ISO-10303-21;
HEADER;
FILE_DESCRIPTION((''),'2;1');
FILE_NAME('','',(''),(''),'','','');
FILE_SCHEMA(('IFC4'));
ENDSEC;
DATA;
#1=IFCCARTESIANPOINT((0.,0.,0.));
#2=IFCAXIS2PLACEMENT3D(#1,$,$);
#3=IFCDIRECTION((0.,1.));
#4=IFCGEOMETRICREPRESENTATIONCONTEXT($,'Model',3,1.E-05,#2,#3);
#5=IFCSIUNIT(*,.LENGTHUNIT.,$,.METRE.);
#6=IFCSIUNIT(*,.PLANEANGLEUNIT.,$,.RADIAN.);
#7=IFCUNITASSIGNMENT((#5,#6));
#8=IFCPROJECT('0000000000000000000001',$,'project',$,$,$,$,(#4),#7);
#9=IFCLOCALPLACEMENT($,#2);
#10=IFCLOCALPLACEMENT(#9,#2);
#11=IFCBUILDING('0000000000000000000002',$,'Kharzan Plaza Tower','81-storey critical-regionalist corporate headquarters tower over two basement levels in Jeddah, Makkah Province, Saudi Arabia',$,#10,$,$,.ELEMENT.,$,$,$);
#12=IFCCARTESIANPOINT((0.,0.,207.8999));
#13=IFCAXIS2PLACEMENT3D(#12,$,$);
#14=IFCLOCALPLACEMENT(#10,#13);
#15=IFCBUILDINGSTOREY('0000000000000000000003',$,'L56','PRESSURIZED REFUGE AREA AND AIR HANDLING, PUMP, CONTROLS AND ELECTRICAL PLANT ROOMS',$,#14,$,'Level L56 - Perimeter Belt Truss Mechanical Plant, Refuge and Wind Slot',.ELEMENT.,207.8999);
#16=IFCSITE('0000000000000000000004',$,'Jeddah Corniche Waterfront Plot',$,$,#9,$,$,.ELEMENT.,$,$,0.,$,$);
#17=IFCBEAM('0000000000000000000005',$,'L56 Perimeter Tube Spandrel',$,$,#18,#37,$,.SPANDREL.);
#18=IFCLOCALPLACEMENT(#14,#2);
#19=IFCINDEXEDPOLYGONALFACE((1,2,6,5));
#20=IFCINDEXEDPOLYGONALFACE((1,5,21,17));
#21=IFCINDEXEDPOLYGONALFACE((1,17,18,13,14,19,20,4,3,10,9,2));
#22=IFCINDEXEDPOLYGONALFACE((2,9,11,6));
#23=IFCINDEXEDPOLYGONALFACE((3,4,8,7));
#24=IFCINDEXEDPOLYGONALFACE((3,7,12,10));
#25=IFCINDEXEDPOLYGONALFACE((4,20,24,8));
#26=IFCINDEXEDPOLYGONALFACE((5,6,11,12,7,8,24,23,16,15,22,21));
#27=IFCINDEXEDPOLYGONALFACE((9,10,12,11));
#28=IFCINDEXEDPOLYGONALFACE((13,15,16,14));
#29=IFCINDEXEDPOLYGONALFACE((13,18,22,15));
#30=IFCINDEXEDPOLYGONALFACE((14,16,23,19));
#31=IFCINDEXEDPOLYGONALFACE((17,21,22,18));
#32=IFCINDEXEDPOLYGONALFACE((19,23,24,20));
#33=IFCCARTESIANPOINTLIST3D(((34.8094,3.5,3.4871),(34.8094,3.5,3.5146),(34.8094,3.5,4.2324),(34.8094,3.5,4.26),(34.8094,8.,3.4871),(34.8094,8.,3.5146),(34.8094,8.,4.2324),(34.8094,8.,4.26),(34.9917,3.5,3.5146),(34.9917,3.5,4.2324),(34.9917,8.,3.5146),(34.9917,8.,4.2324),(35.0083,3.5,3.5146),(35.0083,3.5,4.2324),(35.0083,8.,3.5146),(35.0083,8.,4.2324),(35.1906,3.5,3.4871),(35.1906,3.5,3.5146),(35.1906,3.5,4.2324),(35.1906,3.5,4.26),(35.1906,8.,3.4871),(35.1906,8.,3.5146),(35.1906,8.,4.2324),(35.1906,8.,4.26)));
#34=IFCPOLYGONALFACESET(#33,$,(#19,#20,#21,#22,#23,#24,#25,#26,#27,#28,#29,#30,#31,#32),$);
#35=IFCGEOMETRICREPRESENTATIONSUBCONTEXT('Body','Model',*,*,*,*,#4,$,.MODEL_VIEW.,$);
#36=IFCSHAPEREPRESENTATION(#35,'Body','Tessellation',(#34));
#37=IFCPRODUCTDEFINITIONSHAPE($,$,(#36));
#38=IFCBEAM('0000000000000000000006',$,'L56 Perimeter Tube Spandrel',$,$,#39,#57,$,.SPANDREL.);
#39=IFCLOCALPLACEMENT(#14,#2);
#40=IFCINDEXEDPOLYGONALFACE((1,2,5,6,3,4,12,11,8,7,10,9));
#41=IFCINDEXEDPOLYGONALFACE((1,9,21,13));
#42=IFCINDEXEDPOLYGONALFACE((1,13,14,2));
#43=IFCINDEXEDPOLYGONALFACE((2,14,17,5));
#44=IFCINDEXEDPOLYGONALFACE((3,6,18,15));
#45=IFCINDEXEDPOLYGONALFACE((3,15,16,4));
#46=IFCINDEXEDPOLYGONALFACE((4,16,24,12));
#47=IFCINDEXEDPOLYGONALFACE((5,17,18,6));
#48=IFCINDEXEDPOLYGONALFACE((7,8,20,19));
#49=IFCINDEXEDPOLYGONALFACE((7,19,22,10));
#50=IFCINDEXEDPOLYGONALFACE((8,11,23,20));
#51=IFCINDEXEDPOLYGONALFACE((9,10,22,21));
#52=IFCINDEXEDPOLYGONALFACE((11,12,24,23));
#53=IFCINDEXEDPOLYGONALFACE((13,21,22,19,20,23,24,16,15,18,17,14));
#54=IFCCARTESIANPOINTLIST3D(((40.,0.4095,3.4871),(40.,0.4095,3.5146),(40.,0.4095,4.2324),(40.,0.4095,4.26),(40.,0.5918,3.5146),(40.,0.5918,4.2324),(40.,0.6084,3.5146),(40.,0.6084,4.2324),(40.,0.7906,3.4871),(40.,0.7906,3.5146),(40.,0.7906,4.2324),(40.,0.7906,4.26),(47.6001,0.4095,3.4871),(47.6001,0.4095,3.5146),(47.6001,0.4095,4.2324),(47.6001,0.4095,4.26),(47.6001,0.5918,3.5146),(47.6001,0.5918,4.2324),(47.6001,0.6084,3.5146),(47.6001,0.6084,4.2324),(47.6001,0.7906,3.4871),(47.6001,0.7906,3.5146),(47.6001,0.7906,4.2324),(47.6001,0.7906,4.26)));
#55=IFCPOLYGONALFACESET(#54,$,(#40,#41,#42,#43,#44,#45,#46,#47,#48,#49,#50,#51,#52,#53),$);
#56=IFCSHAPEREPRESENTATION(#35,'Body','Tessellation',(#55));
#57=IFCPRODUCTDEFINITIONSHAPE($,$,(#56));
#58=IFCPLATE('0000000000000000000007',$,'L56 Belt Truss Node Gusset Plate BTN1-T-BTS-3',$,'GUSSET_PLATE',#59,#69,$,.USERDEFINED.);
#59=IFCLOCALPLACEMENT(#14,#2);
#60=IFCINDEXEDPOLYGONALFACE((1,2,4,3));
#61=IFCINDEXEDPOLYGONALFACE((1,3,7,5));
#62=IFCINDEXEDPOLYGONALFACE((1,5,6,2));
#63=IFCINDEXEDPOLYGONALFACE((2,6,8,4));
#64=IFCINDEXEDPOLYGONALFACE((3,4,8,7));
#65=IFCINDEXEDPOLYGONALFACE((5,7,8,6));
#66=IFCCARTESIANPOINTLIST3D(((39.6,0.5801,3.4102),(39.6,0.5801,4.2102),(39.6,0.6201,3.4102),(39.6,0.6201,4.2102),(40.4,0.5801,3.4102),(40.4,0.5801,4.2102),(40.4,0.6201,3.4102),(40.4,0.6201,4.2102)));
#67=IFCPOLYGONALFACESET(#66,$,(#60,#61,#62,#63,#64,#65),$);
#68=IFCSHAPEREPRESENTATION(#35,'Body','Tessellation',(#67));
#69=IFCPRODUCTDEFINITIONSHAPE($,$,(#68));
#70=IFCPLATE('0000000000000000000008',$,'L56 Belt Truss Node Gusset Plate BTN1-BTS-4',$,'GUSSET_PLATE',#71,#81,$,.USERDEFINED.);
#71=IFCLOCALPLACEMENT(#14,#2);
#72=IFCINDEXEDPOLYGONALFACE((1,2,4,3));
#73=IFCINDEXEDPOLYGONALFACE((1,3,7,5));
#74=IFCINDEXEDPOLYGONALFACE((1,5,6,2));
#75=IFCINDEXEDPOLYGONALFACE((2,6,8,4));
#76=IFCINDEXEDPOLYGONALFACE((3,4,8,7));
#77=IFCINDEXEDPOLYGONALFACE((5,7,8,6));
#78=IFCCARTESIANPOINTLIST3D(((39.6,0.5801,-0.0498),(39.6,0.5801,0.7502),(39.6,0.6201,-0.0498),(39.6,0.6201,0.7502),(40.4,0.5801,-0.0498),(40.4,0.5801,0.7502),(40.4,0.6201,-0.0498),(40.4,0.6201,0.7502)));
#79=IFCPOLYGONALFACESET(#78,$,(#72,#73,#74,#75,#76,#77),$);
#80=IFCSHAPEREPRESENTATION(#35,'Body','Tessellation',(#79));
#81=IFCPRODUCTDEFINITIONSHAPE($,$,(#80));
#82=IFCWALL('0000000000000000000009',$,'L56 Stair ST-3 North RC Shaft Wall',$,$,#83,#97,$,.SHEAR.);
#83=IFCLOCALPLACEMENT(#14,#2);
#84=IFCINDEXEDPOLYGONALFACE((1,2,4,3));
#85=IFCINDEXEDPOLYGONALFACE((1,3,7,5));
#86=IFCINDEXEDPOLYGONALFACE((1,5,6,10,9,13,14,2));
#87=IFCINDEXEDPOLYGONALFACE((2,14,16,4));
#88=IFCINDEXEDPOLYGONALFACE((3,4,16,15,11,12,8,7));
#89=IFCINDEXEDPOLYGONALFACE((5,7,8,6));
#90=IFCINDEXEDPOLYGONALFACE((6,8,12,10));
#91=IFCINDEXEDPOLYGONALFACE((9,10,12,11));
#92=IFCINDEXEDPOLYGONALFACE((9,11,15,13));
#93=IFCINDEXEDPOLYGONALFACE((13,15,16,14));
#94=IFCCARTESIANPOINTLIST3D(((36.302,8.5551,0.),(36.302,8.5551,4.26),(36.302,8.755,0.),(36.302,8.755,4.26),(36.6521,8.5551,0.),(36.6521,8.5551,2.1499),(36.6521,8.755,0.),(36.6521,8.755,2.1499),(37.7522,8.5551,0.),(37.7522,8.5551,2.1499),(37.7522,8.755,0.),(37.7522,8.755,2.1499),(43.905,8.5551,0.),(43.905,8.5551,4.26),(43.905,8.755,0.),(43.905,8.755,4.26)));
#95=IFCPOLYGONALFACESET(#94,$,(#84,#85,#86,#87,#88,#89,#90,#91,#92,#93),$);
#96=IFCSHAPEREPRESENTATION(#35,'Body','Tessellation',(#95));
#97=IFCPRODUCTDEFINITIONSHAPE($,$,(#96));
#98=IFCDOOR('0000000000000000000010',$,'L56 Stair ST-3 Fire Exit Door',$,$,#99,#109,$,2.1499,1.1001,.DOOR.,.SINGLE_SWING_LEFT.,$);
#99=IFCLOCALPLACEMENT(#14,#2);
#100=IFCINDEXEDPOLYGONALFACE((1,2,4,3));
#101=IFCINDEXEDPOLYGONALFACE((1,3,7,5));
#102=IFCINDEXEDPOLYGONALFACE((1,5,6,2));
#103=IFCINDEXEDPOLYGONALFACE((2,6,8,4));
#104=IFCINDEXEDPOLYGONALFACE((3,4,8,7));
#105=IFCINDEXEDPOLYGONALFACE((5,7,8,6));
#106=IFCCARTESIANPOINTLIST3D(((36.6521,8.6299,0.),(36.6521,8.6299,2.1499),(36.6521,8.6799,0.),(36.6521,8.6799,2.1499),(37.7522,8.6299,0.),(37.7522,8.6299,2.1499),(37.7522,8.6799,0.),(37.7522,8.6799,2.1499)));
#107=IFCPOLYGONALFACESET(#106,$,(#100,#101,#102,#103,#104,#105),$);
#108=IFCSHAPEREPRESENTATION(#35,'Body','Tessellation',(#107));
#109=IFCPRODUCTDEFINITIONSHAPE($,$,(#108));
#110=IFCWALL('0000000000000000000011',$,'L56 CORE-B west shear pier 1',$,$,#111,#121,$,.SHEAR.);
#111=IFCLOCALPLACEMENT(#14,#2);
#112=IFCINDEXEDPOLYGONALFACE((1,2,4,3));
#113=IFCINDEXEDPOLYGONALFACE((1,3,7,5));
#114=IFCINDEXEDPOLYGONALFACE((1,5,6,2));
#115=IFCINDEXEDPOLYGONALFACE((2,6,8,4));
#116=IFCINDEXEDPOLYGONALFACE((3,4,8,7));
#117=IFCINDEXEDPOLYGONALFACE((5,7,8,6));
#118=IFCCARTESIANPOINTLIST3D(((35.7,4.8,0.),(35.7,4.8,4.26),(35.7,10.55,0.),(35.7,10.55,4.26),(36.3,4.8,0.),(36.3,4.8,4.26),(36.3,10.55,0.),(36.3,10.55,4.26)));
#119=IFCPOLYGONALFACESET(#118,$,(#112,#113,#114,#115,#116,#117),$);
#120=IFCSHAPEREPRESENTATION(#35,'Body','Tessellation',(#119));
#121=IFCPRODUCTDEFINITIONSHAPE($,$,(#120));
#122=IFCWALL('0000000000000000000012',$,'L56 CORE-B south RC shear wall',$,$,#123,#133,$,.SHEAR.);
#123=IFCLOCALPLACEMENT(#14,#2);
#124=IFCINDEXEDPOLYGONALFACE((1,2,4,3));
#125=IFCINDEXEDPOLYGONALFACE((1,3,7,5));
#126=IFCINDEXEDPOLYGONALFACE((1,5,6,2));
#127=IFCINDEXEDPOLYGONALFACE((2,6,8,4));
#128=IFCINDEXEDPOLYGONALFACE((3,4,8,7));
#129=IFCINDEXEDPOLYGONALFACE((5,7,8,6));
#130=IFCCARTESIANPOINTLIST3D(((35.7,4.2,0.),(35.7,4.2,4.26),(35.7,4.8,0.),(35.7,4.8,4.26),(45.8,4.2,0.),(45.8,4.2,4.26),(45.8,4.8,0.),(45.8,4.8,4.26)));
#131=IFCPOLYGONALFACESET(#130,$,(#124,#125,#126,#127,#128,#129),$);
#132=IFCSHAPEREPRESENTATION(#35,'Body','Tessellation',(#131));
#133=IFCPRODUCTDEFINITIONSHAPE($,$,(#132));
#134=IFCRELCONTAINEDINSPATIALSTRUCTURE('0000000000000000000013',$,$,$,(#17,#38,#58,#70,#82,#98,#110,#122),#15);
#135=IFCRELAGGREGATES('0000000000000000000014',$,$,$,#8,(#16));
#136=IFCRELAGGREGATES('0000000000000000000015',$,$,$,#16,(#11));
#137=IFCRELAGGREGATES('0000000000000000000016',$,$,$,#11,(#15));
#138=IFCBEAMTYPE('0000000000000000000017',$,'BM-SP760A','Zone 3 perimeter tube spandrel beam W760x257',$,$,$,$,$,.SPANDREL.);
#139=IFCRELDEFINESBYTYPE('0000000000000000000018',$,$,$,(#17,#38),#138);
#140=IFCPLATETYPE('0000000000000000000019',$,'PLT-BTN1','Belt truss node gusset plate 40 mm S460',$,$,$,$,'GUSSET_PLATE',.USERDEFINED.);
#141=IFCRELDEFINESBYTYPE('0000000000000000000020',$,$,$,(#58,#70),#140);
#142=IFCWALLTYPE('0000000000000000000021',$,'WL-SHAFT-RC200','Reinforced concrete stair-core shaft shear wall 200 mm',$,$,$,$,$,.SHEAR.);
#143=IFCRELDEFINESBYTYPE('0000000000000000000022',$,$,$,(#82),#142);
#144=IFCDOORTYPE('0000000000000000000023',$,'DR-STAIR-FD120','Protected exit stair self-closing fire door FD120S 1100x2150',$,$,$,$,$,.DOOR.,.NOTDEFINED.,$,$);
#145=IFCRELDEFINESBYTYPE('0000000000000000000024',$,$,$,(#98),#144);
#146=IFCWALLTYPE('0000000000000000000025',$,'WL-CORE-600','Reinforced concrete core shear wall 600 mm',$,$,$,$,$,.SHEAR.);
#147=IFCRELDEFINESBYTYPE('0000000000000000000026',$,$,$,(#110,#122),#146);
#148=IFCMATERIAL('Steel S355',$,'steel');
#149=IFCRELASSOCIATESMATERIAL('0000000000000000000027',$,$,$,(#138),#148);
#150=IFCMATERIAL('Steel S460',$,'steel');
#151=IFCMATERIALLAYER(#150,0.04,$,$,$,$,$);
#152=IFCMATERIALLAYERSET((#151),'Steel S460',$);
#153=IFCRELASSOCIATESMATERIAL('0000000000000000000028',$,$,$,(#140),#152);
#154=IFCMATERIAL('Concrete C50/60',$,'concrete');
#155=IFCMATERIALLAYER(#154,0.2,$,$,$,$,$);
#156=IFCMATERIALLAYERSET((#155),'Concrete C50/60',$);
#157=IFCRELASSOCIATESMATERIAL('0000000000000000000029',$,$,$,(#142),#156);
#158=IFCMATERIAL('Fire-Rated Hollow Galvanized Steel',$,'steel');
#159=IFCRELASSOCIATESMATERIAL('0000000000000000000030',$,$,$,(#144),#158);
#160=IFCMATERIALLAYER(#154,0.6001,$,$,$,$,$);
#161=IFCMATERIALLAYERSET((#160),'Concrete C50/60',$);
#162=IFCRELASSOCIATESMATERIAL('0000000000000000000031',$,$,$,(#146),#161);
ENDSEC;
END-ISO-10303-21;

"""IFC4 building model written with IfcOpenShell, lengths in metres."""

from ifc_helpers import new_model, si_unit, direction, frame, frame_2d, origin, origin_2d, place, context, subcontext, project, spatial, rectangle, i_section, extrude, source, transform, mapped, material, layer, layer_set, material_profile, profile_set, type_object, element, fill, save


model = new_model("IFC4")

# Units and contexts
model_context = context("Model", 3, precision=1e-05, world=origin(), true_north=direction((0.0, 1.0)))
body_context = subcontext(model_context, "Body", "Model", "MODEL_VIEW")
ifc_project = project(units=[si_unit("LENGTHUNIT", "METRE"), si_unit("PLANEANGLEUNIT", "RADIAN")], contexts=[model_context])

# Site, building, storey
site_placement = place(None, origin())
site = spatial("IfcSite", under=ifc_project, at=site_placement, Name="Jeddah Corniche Waterfront Plot", CompositionType="ELEMENT", RefElevation=0.0)
building_placement = place(site_placement, origin())
building = spatial("IfcBuilding", under=site, at=building_placement, Name="Kharzan Plaza Tower", Description="81-storey critical-regionalist corporate headquarters tower over two basement levels in Jeddah, Makkah Province, Saudi Arabia", CompositionType="ELEMENT")
storey_placement = place(building_placement, frame((0.0, 0.0, 207.8999)))
storey = spatial("IfcBuildingStorey", under=building, at=storey_placement, Name="L56", Description="PRESSURIZED REFUGE AREA AND AIR HANDLING, PUMP, CONTROLS AND ELECTRICAL PLANT ROOMS", LongName="Level L56 - Perimeter Belt Truss Mechanical Plant, Refuge and Wind Slot", CompositionType="ELEMENT", Elevation=207.8999)

# Shared definitions
ifc_material_1 = material(Name="Concrete C50/60", Category="concrete")

# Shared definitions
ifc_material_2 = material(Name="Steel S355", Category="steel")

# Beams
ifc_material_profile_1 = material_profile(ifc_material_2, i_section(OverallWidth=0.3811, OverallDepth=0.7729, WebThickness=0.0166, FlangeThickness=0.0276, at=origin_2d()), Name="W760x257")
ifc_profile_set_1 = profile_set([ifc_material_profile_1], Name="Steel S355")
beam_type_1 = type_object("IfcBeamType", Name="BM-SP760A", Description="Zone 3 perimeter tube spandrel beam W760x257", PredefinedType="SPANDREL", material=ifc_profile_set_1)
shared_shape_1 = source(origin(), body_context, "Body", "SweptSolid", [
    extrude(i_section(OverallWidth=0.3811, OverallDepth=0.7729, WebThickness=0.0166, FlangeThickness=0.0276, at=origin_2d()), origin(), (0.0, 0.0, 1.0), 4.5),
])
beam_1_placement = place(storey_placement, frame((35.0, 3.5, 3.8735), z_axis=(0.0, 1.0, 0.0), x_axis=(-1.0, 0.0, 0.0)))
element("IfcBeam", 1, at=beam_1_placement, inside=storey, type_object=beam_type_1, Name="L56 Perimeter Tube Spandrel", PredefinedType="SPANDREL", context=body_context, shape_type="MappedRepresentation", body=[
    mapped(shared_shape_1, transform((0.0, 0.0, 0.0), x_axis=(1.0, 0.0, 0.0), y_axis=(0.0, 1.0, 0.0), z_axis=(0.0, 0.0, 1.0))),
])
shared_shape_2 = source(origin(), body_context, "Body", "SweptSolid", [
    extrude(i_section(OverallWidth=0.3811, OverallDepth=0.7729, WebThickness=0.0166, FlangeThickness=0.0276, at=origin_2d()), origin(), (0.0, 0.0, 1.0), 7.6001),
])
beam_2_placement = place(storey_placement, frame((40.0, 0.6001, 3.8735), z_axis=(1.0, 0.0, 0.0), x_axis=(0.0, 1.0, 0.0)))
element("IfcBeam", 2, at=beam_2_placement, inside=storey, type_object=beam_type_1, Name="L56 Perimeter Tube Spandrel", PredefinedType="SPANDREL", context=body_context, shape_type="MappedRepresentation", body=[
    mapped(shared_shape_2, transform((0.0, 0.0, 0.0), x_axis=(1.0, 0.0, 0.0), y_axis=(0.0, 1.0, 0.0), z_axis=(0.0, 0.0, 1.0))),
])

# Plates
ifc_material_3 = material(Name="Steel S460", Category="steel")
ifc_layer_1 = layer(ifc_material_3, 0.04)
ifc_layer_set_1 = layer_set([ifc_layer_1], Name="Steel S460")
plate_type = type_object("IfcPlateType", Name="PLT-BTN1", Description="Belt truss node gusset plate 40 mm S460", ElementType="GUSSET_PLATE", PredefinedType="USERDEFINED", material=ifc_layer_set_1)
shared_shape_3 = source(origin(), body_context, "Body", "SweptSolid", [
    extrude(rectangle(XDim=0.8, YDim=0.04, at=origin_2d()), origin(), (0.0, 0.0, 1.0), 0.8),
])
for number, where, z_axis, x_axis, name in (
    (3, (40.0, 0.6001, 3.4102), (0.0, 0.0, 1.0), (1.0, 0.0, 0.0), "L56 Belt Truss Node Gusset Plate BTN1-T-BTS-3"),
    (4, (40.0, 0.6001, -0.0498), (0.0, 0.0, 1.0), (1.0, 0.0, 0.0), "L56 Belt Truss Node Gusset Plate BTN1-BTS-4"),
):
    element("IfcPlate", number, at=place(storey_placement, frame(where, z_axis=z_axis, x_axis=x_axis)), inside=storey, type_object=plate_type, Name=name, ObjectType="GUSSET_PLATE", PredefinedType="USERDEFINED", context=body_context, shape_type="MappedRepresentation", body=[
        mapped(shared_shape_3, transform((0.0, 0.0, 0.0), x_axis=(1.0, 0.0, 0.0), y_axis=(0.0, 1.0, 0.0), z_axis=(0.0, 0.0, 1.0))),
    ])

# Wall, opening, door
ifc_layer_2 = layer(ifc_material_1, 0.2)
ifc_layer_set_2 = layer_set([ifc_layer_2], Name="Concrete C50/60")
wall_type_1 = type_object("IfcWallType", Name="WL-SHAFT-RC200", Description="Reinforced concrete stair-core shaft shear wall 200 mm", PredefinedType="SHEAR", material=ifc_layer_set_2)
wall_1_placement = place(storey_placement, frame((36.302, 8.655, 0.0), z_axis=(0.0, 0.0, 1.0), x_axis=(1.0, 0.0, 0.0)))
wall_1 = element("IfcWall", 5, at=wall_1_placement, inside=storey, type_object=wall_type_1, Name="L56 Stair ST-3 North RC Shaft Wall", PredefinedType="SHEAR", context=body_context, shape_type="SweptSolid", body=[
    extrude(rectangle(XDim=7.603, YDim=0.2, at=frame_2d((3.8015, 0.0))), origin(), (0.0, 0.0, 1.0), 4.26),
])
opening_placement = place(wall_1_placement, frame((0.3501, 0.0, 0.0)))
opening = element("IfcOpeningElement", 6, at=opening_placement, cuts=wall_1, PredefinedType="OPENING", context=body_context, shape_type="SweptSolid", body=[
    extrude(rectangle(XDim=1.1001, YDim=2.1499, at=frame_2d((0.55, 1.075))), frame((0.0, 0.1099, 0.0), z_axis=(0.0, -1.0, 0.0), x_axis=(1.0, 0.0, 0.0)), (0.0, 0.0, 1.0), 0.22),
])
ifc_material_4 = material(Name="Fire-Rated Hollow Galvanized Steel", Category="steel")
door_type = type_object("IfcDoorType", Name="DR-STAIR-FD120", Description="Protected exit stair self-closing fire door FD120S 1100x2150", OperationType="NOTDEFINED", PredefinedType="DOOR", material=ifc_material_4)
shared_shape_4 = source(origin(), body_context, "Body", "SweptSolid", [
    extrude(rectangle(XDim=1.1001, YDim=2.1499, at=frame_2d((0.55, 1.075))), frame((0.0, 0.0249, 0.0), z_axis=(0.0, -1.0, 0.0), x_axis=(1.0, 0.0, 0.0)), (0.0, 0.0, 1.0), 0.05),
])
door_placement = place(opening_placement, origin())
door = element("IfcDoor", 7, at=door_placement, inside=storey, type_object=door_type, Name="L56 Stair ST-3 Fire Exit Door", OperationType="SINGLE_SWING_LEFT", OverallHeight=2.1499, OverallWidth=1.1001, PredefinedType="DOOR", context=body_context, shape_type="MappedRepresentation", body=[
    mapped(shared_shape_4, transform((0.0, 0.0, 0.0), x_axis=(1.0, 0.0, 0.0), y_axis=(0.0, 1.0, 0.0), z_axis=(0.0, 0.0, 1.0))),
])
fill(opening, door)

# Walls
ifc_layer_3 = layer(ifc_material_1, 0.6001)
ifc_layer_set_3 = layer_set([ifc_layer_3], Name="Concrete C50/60")
wall_type_2 = type_object("IfcWallType", Name="WL-CORE-600", Description="Reinforced concrete core shear wall 600 mm", PredefinedType="SHEAR", material=ifc_layer_set_3)
shared_shape_5 = source(origin(), body_context, "Body", "SweptSolid", [
    extrude(rectangle(XDim=5.75, YDim=0.6001, at=frame_2d((2.875, 0.0))), origin(), (0.0, 0.0, 1.0), 4.26),
])
wall_2_placement = place(storey_placement, frame((36.0, 4.8, 0.0), z_axis=(0.0, 0.0, 1.0), x_axis=(0.0, 1.0, 0.0)))
element("IfcWall", 8, at=wall_2_placement, inside=storey, type_object=wall_type_2, Name="L56 CORE-B west shear pier 1", PredefinedType="SHEAR", context=body_context, shape_type="MappedRepresentation", body=[
    mapped(shared_shape_5, transform((0.0, 0.0, 0.0), x_axis=(1.0, 0.0, 0.0), y_axis=(0.0, 1.0, 0.0), z_axis=(0.0, 0.0, 1.0))),
])
shared_shape_6 = source(origin(), body_context, "Body", "SweptSolid", [
    extrude(rectangle(XDim=10.1001, YDim=0.6001, at=frame_2d((5.05, 0.0))), origin(), (0.0, 0.0, 1.0), 4.26),
])
wall_3_placement = place(storey_placement, frame((35.7, 4.5, 0.0), z_axis=(0.0, 0.0, 1.0), x_axis=(1.0, 0.0, 0.0)))
element("IfcWall", 9, at=wall_3_placement, inside=storey, type_object=wall_type_2, Name="L56 CORE-B south RC shear wall", PredefinedType="SHEAR", context=body_context, shape_type="MappedRepresentation", body=[
    mapped(shared_shape_6, transform((0.0, 0.0, 0.0), x_axis=(1.0, 0.0, 0.0), y_axis=(0.0, 1.0, 0.0), z_axis=(0.0, 0.0, 1.0))),
])

save(model, "model.ifc")
